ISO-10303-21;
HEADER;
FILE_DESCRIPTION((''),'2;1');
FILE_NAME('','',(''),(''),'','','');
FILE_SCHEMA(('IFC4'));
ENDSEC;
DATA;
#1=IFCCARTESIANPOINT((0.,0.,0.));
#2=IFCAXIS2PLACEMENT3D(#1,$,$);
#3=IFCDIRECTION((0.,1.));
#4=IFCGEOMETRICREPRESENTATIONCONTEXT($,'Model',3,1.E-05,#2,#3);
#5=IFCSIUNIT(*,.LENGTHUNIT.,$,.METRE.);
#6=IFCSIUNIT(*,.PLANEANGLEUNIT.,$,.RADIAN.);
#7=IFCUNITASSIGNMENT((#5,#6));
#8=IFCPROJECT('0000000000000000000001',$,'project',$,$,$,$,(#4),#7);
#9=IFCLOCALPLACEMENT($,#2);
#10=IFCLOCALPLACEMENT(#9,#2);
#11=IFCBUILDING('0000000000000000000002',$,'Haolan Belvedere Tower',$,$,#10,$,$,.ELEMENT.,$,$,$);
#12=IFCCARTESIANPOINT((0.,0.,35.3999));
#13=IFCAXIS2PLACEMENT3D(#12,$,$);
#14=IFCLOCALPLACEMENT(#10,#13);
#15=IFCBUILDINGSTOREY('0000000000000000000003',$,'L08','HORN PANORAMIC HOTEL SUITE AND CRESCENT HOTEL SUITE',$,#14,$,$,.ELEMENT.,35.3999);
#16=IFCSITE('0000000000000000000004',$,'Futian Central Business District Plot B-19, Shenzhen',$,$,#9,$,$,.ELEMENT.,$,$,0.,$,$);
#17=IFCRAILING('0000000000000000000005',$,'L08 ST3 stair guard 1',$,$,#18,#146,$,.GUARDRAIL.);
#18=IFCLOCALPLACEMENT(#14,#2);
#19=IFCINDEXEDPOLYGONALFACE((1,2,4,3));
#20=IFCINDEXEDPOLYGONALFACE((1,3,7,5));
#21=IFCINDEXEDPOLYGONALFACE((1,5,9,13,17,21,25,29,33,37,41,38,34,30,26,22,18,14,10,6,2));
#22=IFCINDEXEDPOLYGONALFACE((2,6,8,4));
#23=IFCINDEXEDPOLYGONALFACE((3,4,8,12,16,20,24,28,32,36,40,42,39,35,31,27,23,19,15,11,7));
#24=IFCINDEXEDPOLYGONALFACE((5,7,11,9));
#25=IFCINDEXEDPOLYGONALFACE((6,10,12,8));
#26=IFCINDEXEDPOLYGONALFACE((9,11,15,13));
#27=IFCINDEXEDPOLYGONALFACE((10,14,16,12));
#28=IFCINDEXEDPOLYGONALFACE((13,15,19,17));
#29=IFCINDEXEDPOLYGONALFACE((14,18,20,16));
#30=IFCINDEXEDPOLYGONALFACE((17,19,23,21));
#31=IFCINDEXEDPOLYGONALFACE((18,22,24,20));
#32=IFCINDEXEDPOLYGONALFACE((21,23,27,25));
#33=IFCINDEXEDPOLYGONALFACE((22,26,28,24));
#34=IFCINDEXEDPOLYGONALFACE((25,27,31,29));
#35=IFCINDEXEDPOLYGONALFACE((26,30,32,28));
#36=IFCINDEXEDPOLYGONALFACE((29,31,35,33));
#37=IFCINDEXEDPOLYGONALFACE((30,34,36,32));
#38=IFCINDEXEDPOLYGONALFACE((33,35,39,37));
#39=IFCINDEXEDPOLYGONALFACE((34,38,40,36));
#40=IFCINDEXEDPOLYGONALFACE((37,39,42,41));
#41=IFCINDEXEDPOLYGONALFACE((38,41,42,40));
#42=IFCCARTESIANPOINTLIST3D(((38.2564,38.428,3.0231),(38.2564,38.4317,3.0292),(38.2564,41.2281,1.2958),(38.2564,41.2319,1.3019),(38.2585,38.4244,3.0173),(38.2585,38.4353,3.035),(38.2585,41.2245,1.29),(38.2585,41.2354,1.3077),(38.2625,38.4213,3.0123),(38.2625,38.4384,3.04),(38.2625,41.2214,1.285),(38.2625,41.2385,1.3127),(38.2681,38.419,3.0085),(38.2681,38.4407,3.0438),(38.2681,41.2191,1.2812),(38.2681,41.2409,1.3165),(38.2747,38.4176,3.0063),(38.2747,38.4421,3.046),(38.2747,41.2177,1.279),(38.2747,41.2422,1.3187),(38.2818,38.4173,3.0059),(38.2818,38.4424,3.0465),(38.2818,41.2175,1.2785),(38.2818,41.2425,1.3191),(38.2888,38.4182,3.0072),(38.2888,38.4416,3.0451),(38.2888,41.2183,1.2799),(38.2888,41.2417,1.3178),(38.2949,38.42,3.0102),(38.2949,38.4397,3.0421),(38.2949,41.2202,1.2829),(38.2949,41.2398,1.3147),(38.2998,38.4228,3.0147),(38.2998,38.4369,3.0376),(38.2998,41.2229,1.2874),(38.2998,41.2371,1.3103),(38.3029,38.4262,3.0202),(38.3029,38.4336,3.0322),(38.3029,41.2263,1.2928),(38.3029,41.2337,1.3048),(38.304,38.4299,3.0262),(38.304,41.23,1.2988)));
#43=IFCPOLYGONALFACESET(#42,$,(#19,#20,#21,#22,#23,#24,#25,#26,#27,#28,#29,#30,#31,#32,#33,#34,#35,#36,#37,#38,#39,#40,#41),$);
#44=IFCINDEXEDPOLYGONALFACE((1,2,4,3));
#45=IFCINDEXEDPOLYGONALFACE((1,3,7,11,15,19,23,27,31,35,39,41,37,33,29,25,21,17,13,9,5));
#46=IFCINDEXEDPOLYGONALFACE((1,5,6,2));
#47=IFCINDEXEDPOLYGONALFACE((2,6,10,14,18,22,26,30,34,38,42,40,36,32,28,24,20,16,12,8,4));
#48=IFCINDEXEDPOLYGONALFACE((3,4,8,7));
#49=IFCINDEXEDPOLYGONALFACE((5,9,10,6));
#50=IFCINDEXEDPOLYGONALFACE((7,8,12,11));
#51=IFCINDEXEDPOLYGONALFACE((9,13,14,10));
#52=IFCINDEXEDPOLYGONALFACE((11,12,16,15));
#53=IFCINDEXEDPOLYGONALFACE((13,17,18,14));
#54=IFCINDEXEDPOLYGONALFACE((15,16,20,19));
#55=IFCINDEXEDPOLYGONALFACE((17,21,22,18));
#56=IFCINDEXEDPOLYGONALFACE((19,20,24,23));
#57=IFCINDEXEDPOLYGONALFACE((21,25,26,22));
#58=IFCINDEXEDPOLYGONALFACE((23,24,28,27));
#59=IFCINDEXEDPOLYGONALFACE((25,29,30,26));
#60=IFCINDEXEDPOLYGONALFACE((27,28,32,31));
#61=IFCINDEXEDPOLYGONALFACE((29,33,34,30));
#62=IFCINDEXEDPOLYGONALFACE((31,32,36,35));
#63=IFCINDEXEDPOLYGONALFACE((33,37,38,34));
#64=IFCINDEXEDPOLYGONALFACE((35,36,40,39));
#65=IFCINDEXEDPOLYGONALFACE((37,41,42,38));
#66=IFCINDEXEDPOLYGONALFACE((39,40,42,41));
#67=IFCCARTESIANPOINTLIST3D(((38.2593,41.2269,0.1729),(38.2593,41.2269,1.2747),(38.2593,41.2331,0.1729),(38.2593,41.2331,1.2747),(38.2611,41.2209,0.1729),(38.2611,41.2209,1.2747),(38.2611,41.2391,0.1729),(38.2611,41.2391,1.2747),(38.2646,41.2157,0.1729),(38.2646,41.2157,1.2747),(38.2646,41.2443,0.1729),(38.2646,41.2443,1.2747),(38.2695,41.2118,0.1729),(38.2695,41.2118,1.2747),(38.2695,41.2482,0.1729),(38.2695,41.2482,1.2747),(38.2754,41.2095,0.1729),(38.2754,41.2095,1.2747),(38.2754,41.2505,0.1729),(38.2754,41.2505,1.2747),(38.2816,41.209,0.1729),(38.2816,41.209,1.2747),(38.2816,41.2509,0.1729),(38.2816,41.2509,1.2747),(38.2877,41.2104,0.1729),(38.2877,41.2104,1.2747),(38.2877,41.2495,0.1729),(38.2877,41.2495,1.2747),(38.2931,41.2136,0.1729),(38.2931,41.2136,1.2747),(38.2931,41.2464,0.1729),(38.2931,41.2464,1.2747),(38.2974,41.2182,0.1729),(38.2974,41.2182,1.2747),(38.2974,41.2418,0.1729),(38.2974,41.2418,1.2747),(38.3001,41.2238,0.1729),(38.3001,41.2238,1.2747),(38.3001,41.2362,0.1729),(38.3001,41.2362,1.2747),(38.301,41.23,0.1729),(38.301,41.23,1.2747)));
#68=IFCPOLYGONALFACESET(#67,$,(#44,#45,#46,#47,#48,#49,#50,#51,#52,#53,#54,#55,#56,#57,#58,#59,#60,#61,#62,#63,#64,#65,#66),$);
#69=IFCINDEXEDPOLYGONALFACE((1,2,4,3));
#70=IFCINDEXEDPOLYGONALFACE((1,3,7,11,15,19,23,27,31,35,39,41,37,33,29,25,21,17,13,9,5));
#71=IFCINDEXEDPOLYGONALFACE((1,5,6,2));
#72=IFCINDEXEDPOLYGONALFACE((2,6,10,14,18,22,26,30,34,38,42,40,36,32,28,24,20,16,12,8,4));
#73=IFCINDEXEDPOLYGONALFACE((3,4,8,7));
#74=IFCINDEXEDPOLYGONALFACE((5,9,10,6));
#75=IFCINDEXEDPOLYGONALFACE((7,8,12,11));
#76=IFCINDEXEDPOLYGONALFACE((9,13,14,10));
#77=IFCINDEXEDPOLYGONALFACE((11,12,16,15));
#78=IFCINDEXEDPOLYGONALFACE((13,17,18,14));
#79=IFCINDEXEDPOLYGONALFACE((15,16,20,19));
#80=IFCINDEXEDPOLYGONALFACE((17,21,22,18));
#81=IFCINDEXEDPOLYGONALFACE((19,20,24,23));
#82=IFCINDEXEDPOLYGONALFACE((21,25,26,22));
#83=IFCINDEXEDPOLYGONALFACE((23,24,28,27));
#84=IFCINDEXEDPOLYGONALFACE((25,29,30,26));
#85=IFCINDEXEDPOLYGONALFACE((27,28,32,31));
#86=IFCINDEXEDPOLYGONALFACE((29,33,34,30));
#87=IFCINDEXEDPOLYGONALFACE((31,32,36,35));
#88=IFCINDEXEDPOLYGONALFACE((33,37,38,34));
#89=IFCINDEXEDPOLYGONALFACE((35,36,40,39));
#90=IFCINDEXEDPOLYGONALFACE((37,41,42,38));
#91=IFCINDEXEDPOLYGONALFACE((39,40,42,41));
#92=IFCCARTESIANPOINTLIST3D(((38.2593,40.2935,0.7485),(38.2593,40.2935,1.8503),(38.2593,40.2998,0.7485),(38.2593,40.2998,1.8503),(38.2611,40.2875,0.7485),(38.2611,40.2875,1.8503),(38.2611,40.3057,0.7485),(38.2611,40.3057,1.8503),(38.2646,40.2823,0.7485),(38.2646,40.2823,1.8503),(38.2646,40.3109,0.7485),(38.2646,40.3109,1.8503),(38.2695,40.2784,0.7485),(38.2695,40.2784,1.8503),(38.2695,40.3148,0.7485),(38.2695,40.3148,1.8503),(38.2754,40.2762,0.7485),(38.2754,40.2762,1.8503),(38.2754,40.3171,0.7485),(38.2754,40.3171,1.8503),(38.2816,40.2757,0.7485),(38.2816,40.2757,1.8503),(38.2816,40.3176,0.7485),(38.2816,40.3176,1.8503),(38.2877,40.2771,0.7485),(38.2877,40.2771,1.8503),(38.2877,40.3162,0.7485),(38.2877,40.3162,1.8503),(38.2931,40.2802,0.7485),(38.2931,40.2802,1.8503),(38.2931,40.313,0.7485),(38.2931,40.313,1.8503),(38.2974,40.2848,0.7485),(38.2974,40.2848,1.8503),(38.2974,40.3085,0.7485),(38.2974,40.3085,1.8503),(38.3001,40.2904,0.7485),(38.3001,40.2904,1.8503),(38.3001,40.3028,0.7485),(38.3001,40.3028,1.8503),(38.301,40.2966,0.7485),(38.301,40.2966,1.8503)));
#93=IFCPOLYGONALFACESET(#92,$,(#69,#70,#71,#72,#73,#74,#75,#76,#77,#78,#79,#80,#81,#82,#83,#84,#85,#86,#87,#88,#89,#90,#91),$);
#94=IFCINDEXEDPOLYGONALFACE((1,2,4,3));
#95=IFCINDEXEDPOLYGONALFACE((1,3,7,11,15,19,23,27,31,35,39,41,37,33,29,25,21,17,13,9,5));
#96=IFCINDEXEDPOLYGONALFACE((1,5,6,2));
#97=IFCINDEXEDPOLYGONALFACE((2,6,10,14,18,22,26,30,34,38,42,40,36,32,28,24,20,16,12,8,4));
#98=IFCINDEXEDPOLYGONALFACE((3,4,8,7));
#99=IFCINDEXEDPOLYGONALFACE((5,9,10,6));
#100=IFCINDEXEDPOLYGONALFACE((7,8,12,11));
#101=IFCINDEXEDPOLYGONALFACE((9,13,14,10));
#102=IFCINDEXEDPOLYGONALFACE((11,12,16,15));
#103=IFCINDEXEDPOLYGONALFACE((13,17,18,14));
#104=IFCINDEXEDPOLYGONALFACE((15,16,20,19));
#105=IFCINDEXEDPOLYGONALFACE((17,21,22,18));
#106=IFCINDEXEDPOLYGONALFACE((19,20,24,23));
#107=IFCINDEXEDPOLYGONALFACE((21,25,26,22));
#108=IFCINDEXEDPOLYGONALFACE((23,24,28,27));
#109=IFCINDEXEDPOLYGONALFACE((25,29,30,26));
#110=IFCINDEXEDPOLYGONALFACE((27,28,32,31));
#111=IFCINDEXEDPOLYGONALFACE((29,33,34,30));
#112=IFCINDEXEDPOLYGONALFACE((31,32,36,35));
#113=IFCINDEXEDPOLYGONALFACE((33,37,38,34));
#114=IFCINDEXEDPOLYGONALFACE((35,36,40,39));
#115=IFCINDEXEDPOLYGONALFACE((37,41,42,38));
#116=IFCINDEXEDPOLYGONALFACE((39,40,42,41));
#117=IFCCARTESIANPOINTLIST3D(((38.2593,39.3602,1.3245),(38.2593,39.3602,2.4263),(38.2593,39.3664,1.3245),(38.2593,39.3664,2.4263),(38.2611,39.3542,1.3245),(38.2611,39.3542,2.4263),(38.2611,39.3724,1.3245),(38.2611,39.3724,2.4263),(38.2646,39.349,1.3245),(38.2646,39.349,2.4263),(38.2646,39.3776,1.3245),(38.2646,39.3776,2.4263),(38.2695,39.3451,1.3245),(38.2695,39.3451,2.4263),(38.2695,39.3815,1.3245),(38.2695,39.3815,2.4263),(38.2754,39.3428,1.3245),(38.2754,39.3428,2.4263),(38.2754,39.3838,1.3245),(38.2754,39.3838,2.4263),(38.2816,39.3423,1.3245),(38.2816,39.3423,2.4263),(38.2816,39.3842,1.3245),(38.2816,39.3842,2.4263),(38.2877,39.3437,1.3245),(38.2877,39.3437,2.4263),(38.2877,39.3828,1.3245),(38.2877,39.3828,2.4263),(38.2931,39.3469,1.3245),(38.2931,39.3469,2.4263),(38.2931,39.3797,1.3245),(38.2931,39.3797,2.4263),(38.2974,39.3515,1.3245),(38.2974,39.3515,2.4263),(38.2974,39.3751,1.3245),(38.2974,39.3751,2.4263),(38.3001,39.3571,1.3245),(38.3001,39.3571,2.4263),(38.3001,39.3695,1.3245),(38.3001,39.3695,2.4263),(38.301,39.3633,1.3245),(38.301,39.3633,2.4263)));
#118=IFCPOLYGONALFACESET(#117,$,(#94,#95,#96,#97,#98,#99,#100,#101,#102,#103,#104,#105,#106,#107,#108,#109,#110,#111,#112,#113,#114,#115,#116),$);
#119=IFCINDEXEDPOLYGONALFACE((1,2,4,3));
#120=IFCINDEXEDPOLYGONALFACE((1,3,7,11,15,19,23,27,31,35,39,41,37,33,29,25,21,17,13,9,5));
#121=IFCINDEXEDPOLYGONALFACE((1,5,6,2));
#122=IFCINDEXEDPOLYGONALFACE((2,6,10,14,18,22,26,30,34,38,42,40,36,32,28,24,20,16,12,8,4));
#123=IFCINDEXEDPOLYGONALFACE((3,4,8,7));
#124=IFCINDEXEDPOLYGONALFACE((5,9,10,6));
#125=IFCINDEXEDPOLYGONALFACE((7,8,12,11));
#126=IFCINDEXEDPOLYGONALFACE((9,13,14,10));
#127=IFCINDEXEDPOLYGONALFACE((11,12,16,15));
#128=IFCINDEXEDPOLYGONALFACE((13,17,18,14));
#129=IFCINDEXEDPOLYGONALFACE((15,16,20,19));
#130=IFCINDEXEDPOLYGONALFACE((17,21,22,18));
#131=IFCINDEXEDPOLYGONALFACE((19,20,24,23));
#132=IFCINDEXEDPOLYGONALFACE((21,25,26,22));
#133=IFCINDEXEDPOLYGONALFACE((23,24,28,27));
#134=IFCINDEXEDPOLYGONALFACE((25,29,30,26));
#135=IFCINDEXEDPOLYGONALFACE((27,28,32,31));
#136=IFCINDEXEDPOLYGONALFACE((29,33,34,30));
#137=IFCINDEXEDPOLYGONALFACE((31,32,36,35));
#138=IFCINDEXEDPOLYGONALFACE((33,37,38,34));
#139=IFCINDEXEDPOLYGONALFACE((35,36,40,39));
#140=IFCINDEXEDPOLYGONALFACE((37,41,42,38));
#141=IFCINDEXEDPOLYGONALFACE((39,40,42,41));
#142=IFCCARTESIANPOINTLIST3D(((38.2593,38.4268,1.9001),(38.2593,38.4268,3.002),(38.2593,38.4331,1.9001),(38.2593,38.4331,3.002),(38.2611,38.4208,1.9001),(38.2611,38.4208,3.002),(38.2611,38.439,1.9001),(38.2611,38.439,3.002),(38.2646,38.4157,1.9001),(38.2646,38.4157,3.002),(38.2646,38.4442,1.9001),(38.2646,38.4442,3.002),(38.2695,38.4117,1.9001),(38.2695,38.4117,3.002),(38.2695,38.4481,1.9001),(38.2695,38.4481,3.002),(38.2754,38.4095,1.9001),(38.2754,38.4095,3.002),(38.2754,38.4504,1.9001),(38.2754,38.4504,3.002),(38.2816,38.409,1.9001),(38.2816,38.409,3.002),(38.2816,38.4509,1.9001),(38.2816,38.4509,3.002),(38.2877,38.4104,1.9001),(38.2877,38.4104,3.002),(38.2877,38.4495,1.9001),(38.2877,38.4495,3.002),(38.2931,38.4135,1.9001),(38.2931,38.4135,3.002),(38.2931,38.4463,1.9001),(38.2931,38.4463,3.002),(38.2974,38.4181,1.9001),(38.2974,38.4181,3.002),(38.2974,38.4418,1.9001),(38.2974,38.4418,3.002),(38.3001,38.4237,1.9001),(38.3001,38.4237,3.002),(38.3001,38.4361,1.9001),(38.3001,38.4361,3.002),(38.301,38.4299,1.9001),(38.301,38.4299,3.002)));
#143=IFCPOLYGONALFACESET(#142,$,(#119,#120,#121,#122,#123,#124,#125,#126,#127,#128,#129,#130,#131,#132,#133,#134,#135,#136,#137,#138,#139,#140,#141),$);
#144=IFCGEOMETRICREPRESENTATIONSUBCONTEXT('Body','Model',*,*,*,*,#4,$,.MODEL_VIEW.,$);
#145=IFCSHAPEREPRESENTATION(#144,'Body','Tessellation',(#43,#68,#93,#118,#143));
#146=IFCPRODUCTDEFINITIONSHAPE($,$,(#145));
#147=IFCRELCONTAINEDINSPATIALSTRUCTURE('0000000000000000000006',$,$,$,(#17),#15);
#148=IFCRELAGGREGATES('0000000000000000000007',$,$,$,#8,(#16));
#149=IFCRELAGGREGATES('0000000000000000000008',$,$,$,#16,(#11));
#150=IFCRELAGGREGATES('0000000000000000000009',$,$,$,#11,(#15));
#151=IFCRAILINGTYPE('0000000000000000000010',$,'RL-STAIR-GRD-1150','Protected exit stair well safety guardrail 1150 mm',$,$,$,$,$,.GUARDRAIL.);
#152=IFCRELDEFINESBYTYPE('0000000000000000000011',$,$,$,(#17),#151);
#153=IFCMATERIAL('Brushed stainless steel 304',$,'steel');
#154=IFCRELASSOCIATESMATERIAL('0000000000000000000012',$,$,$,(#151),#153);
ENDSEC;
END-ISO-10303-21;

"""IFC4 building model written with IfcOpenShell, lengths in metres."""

from ifc_helpers import new_model, si_unit, direction, frame, origin, origin_2d, place, context, subcontext, project, spatial, circle, extrude, material, type_object, element, save


model = new_model("IFC4")

# Units and contexts
model_context = context("Model", 3, precision=1e-05, world=origin(), true_north=direction((0.0, 1.0)))
body_context = subcontext(model_context, "Body", "Model", "MODEL_VIEW")
ifc_project = project(units=[si_unit("LENGTHUNIT", "METRE"), si_unit("PLANEANGLEUNIT", "RADIAN")], contexts=[model_context])

# Site, building, storey
site_placement = place(None, origin())
site = spatial("IfcSite", under=ifc_project, at=site_placement, Name="Futian Central Business District Plot B-19, Shenzhen", CompositionType="ELEMENT", RefElevation=0.0)
building_placement = place(site_placement, origin())
building = spatial("IfcBuilding", under=site, at=building_placement, Name="Haolan Belvedere Tower", CompositionType="ELEMENT")
storey_placement = place(building_placement, frame((0.0, 0.0, 35.3999)))
storey = spatial("IfcBuildingStorey", under=building, at=storey_placement, Name="L08", Description="HORN PANORAMIC HOTEL SUITE AND CRESCENT HOTEL SUITE", CompositionType="ELEMENT", Elevation=35.3999)

# Railing
ifc_material_1 = material(Name="Brushed stainless steel 304", Category="steel")
railing_type_1 = type_object("IfcRailingType", Name="RL-STAIR-GRD-1150", Description="Protected exit stair well safety guardrail 1150 mm", PredefinedType="GUARDRAIL", material=ifc_material_1)
railing_1_placement = place(storey_placement, frame((38.28, 41.23, 0.1729)))
element("IfcRailing", 1, at=railing_1_placement, inside=storey, type_object=railing_type_1, Name="L08 ST3 stair guard 1", PredefinedType="GUARDRAIL", context=body_context, shape_type="SweptSolid", body=[
    extrude(circle(Radius=0.0239, at=origin_2d()), frame((0.0, 0.0, 1.126), z_axis=(0.0, -0.85109, 0.52502), x_axis=(1.0, 0.0, 0.0)), (0.0, 0.0, 1.0), 3.29),
    extrude(circle(Radius=0.021, at=origin_2d()), origin(), (0.0, 0.0, 1.0), 1.1018),
    extrude(circle(Radius=0.021, at=origin_2d()), frame((0.0, -0.9333, 0.5757)), (0.0, 0.0, 1.0), 1.1018),
    extrude(circle(Radius=0.021, at=origin_2d()), frame((0.0, -1.8667, 1.1516)), (0.0, 0.0, 1.0), 1.1018),
    extrude(circle(Radius=0.021, at=origin_2d()), frame((0.0, -2.8, 1.7273)), (0.0, 0.0, 1.0), 1.1018),
])

save(model, "model.ifc")
